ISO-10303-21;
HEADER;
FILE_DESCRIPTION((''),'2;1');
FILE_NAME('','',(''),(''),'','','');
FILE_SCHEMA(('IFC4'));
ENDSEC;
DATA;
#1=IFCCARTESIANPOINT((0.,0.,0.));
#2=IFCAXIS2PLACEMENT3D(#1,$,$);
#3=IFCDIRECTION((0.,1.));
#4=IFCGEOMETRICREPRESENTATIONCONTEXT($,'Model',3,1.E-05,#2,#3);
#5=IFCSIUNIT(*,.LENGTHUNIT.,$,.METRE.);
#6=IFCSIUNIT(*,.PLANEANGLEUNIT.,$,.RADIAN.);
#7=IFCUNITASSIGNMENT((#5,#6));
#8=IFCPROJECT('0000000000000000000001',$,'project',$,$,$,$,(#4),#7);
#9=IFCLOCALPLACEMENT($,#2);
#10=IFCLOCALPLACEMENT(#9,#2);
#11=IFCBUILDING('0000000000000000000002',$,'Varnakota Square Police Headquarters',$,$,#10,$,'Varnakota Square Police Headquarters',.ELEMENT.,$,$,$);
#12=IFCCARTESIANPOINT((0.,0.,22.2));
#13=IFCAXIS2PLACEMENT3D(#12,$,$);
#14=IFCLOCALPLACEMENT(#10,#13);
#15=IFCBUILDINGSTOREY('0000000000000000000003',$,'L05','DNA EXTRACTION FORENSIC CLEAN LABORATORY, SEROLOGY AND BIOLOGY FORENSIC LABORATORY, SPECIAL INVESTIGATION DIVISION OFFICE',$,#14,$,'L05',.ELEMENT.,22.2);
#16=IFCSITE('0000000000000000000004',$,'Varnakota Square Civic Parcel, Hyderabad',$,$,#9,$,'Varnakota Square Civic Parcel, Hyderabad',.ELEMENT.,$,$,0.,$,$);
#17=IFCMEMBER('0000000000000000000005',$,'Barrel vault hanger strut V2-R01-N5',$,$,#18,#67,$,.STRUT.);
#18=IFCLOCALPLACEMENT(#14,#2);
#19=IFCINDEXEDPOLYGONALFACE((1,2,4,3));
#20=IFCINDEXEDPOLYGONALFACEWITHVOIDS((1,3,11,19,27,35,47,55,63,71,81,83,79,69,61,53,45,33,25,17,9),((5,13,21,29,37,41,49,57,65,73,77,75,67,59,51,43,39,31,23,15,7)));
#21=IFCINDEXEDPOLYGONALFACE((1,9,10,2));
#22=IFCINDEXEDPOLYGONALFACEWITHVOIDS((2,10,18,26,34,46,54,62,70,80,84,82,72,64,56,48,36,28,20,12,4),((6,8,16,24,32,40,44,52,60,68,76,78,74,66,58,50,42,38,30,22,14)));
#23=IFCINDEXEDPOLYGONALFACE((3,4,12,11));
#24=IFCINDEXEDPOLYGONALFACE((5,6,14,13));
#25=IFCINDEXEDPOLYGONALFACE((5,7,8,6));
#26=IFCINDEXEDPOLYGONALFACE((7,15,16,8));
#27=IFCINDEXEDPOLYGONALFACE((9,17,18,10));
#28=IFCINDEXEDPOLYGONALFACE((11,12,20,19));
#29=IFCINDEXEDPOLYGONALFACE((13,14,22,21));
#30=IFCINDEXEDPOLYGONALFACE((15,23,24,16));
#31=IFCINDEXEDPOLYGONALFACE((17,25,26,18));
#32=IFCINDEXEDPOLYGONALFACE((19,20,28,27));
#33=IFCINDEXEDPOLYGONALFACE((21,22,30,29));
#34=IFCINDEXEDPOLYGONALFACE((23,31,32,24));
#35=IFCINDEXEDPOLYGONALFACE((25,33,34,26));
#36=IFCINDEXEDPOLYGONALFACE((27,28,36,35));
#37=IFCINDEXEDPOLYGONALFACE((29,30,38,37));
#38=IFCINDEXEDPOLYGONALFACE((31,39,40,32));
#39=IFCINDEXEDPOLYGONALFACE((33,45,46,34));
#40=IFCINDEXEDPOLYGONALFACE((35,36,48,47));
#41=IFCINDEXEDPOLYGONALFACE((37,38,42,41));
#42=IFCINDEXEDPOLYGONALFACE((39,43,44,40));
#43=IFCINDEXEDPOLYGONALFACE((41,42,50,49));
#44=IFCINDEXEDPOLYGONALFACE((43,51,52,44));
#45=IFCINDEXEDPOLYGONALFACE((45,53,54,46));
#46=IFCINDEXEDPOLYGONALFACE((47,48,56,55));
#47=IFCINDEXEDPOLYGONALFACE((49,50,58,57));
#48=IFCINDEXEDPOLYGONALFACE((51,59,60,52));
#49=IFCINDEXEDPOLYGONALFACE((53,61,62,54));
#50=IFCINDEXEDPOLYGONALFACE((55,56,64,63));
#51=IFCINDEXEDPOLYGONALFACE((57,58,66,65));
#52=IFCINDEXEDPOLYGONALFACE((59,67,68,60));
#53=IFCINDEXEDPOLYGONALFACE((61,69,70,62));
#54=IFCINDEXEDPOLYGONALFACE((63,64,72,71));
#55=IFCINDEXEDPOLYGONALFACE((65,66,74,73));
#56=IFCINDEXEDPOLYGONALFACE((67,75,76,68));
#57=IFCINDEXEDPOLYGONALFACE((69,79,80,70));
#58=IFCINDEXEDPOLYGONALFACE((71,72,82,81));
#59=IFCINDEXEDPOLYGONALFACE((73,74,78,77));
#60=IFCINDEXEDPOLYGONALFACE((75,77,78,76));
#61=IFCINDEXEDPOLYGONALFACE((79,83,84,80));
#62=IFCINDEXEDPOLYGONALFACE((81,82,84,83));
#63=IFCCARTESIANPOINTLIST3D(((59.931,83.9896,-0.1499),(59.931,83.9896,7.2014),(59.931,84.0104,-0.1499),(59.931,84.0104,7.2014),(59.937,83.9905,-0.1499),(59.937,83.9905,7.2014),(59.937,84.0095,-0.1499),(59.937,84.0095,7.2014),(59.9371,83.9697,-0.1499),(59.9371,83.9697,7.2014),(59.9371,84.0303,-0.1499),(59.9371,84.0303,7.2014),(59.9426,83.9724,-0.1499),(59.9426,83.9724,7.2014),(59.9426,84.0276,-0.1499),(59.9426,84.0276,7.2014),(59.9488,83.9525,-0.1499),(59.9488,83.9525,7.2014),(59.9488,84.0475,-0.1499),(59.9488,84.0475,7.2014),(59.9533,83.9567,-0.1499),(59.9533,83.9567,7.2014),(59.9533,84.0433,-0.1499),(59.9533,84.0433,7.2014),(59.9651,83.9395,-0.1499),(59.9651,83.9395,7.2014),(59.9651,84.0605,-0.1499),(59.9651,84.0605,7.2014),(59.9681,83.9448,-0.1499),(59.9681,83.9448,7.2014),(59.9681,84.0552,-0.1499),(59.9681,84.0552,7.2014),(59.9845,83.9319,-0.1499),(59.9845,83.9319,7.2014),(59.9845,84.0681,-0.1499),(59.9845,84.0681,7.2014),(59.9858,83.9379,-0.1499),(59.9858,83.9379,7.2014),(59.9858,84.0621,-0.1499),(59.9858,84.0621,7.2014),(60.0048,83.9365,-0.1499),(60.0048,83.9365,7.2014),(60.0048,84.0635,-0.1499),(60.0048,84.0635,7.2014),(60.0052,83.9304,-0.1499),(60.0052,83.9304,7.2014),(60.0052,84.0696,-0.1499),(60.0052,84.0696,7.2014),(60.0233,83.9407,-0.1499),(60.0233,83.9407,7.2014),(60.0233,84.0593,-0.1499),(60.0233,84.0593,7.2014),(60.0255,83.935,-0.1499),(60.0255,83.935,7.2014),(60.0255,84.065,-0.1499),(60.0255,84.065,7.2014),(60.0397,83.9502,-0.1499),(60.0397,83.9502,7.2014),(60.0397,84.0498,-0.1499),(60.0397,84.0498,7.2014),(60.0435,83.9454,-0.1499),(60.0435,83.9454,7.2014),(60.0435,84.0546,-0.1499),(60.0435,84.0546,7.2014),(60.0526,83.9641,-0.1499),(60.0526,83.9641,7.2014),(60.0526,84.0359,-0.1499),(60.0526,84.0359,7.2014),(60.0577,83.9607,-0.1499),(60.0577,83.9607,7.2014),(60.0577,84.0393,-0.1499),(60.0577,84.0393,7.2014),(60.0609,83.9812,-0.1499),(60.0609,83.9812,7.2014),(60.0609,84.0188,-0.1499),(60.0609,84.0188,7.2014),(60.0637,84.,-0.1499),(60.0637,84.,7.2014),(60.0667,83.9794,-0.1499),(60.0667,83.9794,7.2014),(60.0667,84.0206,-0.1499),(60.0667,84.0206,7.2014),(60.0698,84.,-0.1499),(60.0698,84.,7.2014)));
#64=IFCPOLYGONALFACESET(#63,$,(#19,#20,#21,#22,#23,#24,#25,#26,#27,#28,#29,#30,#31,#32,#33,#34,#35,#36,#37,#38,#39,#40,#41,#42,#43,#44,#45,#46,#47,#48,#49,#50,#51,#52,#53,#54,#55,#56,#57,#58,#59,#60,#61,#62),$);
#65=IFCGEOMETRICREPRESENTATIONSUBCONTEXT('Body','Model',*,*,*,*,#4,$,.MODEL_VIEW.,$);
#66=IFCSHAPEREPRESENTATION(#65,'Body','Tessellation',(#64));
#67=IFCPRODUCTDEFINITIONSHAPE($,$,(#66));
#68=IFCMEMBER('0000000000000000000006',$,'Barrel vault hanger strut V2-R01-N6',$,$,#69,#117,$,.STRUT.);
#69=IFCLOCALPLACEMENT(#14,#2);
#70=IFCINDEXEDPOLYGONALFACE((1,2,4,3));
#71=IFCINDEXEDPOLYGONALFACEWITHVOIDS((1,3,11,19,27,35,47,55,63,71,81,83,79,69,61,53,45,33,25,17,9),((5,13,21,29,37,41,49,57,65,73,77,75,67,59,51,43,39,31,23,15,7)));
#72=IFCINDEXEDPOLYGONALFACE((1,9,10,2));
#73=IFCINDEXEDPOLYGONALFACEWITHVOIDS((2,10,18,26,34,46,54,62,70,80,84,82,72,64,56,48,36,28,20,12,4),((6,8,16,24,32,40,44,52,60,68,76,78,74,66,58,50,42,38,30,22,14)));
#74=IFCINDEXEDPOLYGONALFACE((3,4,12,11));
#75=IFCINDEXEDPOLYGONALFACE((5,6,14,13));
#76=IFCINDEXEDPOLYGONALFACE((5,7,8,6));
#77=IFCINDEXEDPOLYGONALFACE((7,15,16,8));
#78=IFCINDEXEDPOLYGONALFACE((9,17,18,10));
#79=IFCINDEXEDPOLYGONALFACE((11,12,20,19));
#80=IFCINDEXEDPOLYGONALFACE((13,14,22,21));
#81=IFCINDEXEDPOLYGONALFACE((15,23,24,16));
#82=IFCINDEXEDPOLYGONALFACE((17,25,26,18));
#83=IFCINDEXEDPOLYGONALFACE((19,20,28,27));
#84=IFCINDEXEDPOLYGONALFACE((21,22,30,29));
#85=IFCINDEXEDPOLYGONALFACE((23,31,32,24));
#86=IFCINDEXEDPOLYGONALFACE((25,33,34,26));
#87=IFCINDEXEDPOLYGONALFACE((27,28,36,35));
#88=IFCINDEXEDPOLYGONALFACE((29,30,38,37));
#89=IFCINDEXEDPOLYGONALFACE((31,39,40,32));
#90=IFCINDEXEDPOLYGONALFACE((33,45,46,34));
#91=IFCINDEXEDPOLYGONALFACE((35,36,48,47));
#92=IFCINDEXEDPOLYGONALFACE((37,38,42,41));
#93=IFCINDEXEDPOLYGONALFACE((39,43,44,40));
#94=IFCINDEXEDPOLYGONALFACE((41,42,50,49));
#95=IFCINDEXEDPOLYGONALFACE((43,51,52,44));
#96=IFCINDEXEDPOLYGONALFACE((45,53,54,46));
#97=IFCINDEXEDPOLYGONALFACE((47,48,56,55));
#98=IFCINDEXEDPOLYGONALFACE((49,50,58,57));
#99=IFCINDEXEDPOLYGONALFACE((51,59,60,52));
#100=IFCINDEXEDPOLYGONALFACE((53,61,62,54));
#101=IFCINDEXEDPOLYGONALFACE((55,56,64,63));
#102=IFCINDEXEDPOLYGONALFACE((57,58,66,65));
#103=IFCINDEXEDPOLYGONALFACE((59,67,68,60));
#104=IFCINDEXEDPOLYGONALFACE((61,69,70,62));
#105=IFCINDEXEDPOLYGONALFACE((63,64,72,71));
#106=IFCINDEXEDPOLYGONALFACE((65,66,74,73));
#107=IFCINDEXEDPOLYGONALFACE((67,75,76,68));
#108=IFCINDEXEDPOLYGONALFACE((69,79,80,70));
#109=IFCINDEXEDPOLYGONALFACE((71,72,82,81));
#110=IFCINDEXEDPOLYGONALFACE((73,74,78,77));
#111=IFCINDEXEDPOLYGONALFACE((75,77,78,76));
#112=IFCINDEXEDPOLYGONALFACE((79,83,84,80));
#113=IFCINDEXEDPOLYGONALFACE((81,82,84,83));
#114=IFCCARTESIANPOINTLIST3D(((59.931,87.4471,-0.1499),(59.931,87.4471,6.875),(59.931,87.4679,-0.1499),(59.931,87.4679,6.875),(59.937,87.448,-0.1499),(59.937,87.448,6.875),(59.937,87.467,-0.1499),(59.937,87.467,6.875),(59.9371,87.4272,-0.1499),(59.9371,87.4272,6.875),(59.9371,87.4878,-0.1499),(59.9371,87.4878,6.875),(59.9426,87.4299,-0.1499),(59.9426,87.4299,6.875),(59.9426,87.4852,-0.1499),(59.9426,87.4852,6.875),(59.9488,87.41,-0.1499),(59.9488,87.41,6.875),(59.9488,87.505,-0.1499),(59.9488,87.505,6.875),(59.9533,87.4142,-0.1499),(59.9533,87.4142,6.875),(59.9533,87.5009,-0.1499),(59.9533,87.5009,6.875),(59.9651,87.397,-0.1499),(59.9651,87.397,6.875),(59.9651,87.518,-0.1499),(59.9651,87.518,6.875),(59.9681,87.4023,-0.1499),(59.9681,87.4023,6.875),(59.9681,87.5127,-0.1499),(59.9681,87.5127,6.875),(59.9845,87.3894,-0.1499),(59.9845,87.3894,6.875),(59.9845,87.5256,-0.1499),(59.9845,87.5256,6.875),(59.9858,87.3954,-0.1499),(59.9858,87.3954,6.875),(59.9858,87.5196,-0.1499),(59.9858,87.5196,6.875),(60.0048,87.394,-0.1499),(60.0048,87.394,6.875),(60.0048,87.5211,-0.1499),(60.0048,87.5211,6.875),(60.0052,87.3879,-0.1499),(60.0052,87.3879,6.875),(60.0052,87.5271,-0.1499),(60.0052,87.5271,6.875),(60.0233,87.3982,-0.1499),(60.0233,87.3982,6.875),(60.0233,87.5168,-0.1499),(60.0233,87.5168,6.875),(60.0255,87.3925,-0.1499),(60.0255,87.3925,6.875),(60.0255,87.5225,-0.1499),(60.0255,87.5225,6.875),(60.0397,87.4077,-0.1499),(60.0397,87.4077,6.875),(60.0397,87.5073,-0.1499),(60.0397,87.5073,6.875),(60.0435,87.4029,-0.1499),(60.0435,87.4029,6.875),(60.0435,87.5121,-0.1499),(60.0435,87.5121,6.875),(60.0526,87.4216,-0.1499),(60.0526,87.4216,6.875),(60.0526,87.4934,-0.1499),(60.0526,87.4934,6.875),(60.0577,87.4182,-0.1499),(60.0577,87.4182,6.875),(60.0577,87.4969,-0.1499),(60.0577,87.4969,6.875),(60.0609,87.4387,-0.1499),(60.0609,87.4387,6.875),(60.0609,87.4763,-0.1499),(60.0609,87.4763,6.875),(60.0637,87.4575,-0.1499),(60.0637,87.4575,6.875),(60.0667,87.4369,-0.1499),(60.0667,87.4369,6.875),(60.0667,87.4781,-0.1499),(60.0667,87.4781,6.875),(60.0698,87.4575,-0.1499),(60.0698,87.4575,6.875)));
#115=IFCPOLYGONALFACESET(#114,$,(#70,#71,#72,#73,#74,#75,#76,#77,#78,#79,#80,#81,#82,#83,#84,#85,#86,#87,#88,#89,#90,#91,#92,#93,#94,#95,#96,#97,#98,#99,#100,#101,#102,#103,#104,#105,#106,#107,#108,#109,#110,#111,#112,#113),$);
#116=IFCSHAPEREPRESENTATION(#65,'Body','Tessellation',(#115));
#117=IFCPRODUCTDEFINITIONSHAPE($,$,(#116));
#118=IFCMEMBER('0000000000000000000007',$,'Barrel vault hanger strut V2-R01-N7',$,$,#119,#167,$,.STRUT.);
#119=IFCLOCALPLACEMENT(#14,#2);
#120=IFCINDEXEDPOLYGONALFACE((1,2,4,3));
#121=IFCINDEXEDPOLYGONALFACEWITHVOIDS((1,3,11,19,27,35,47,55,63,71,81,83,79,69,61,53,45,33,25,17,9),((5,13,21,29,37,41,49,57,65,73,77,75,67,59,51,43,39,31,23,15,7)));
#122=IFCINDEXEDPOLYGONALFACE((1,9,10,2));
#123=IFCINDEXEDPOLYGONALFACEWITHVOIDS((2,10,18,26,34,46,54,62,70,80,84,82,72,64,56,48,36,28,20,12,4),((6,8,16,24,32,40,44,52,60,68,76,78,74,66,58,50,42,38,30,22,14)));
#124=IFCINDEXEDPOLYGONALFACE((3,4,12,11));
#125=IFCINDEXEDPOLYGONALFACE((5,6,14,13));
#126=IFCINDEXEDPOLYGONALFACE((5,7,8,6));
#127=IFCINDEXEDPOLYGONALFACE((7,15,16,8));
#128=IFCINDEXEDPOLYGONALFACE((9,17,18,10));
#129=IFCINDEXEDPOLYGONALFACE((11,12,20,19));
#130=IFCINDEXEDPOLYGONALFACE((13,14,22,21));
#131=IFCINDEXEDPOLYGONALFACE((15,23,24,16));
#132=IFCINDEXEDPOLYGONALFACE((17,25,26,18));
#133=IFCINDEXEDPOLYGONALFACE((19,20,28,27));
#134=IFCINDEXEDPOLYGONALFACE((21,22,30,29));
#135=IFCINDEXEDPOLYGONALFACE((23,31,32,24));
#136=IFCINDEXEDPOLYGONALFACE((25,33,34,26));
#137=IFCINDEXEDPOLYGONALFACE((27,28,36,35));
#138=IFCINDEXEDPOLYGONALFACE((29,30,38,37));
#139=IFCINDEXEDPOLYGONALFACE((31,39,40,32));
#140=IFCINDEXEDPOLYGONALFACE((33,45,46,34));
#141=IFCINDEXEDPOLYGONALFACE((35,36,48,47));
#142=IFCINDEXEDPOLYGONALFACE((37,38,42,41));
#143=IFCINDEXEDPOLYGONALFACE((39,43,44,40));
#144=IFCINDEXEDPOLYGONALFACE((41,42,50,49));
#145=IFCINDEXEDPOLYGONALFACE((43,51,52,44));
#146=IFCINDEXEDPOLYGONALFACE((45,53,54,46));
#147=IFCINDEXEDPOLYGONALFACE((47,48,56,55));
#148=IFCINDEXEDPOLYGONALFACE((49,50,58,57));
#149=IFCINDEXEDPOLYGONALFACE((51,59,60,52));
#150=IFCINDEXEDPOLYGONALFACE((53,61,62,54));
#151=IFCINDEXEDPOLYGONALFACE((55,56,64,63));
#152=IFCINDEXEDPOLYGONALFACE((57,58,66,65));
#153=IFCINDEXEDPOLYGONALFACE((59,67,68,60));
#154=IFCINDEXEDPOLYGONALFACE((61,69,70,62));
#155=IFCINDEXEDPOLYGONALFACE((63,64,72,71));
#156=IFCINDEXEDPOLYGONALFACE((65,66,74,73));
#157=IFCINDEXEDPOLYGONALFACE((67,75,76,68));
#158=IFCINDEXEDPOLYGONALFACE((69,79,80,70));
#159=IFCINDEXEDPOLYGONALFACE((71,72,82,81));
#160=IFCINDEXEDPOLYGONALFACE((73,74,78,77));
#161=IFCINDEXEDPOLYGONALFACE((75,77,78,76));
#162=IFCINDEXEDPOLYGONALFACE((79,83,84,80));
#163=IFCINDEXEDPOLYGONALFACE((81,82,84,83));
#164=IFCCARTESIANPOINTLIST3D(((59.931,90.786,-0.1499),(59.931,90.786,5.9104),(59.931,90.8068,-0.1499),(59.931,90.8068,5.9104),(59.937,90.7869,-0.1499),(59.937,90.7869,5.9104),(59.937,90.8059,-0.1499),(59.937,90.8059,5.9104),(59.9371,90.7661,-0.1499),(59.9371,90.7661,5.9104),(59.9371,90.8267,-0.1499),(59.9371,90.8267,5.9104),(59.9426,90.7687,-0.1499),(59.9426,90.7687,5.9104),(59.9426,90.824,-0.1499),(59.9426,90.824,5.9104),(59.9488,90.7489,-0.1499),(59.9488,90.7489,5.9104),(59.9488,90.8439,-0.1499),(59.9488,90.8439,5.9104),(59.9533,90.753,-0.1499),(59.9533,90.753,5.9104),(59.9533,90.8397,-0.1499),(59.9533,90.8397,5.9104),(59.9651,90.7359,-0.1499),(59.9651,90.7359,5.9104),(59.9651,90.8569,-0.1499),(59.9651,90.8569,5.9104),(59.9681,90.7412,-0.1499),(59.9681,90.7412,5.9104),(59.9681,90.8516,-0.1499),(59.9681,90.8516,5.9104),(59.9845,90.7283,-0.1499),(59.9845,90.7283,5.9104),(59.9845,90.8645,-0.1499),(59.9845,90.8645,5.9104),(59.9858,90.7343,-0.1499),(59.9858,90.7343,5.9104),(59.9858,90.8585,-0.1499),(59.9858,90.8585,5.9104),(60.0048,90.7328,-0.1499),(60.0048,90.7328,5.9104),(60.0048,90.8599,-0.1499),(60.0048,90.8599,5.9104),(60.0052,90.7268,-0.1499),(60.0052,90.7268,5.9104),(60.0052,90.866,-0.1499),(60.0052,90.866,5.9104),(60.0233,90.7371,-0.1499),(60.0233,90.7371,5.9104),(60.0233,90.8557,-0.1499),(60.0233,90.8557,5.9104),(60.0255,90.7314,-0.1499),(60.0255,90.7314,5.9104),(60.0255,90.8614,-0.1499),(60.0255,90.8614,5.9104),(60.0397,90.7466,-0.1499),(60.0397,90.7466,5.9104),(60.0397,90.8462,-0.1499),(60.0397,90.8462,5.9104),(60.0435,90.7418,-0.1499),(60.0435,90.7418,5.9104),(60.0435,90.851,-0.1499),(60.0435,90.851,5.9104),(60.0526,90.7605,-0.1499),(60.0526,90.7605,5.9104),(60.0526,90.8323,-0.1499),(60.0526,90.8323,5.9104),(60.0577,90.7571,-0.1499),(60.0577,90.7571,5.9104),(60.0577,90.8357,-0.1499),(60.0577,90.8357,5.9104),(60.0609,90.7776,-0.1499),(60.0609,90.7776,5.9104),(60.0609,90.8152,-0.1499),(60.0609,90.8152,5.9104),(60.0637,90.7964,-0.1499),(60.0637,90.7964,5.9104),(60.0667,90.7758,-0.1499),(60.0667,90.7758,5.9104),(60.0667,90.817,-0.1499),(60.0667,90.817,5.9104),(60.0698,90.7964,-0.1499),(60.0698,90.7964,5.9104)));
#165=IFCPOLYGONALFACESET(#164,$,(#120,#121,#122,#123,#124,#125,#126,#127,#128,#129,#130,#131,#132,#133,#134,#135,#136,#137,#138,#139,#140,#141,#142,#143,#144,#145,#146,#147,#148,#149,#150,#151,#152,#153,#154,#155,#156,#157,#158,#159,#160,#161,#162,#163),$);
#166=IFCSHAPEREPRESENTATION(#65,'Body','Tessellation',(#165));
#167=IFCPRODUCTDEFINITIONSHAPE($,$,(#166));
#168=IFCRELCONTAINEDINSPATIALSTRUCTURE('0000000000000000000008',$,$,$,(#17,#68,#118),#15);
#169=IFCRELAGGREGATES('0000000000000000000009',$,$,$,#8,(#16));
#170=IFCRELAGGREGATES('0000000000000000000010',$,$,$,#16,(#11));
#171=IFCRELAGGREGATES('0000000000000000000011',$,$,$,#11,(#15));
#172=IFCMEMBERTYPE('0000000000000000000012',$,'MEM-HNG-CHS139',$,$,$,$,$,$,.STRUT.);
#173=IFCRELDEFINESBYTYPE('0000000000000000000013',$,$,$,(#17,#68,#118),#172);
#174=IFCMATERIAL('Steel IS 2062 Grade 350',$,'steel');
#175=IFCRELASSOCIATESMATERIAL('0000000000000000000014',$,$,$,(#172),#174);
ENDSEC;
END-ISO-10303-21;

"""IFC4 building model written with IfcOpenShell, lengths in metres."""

from ifc_helpers import new_model, si_unit, direction, frame, origin, origin_2d, place, context, subcontext, project, spatial, hollow_circle, extrude, material, material_profile, profile_set, type_object, element, save


model = new_model("IFC4")

# Units and contexts
model_context = context("Model", 3, precision=1e-05, world=origin(), true_north=direction((0.0, 1.0)))
body_context = subcontext(model_context, "Body", "Model", "MODEL_VIEW")
ifc_project = project(units=[si_unit("LENGTHUNIT", "METRE"), si_unit("PLANEANGLEUNIT", "RADIAN")], contexts=[model_context])

# Site, building, storey
site_placement = place(None, origin())
site = spatial("IfcSite", under=ifc_project, at=site_placement, Name="Varnakota Square Civic Parcel, Hyderabad", LongName="Varnakota Square Civic Parcel, Hyderabad", CompositionType="ELEMENT", RefElevation=0.0)
building_placement = place(site_placement, origin())
building = spatial("IfcBuilding", under=site, at=building_placement, Name="Varnakota Square Police Headquarters", LongName="Varnakota Square Police Headquarters", CompositionType="ELEMENT")
storey_placement = place(building_placement, frame((0.0, 0.0, 22.2)))
storey = spatial("IfcBuildingStorey", under=building, at=storey_placement, Name="L05", Description="DNA EXTRACTION FORENSIC CLEAN LABORATORY, SEROLOGY AND BIOLOGY FORENSIC LABORATORY, SPECIAL INVESTIGATION DIVISION OFFICE", LongName="L05", CompositionType="ELEMENT", Elevation=22.2)

# Shared definitions
ifc_material_1 = material(Name="Steel IS 2062 Grade 350", Category="steel")

# Members
ifc_material_profile_1 = material_profile(ifc_material_1, hollow_circle(Radius=0.0698, WallThickness=0.0061, at=origin_2d()), Name="CHS 139.7x6.0")
ifc_profile_set_1 = profile_set([ifc_material_profile_1], Name="Steel IS 2062 Grade 350")
member_type = type_object("IfcMemberType", Name="MEM-HNG-CHS139", PredefinedType="STRUT", material=ifc_profile_set_1)
member_1_placement = place(storey_placement, frame((60.0, 84.0, -0.1499), z_axis=(0.0, 0.0, 1.0), x_axis=(1.0, 0.0, 0.0)))
element("IfcMember", 1, at=member_1_placement, inside=storey, type_object=member_type, Name="Barrel vault hanger strut V2-R01-N5", PredefinedType="STRUT", context=body_context, shape_type="SweptSolid", body=[
    extrude(hollow_circle(Radius=0.0698, WallThickness=0.0061, at=origin_2d()), origin(), (0.0, 0.0, 1.0), 7.3513),
])
member_2_placement = place(storey_placement, frame((60.0, 87.4575, -0.1499), z_axis=(0.0, 0.0, 1.0), x_axis=(1.0, 0.0, 0.0)))
element("IfcMember", 2, at=member_2_placement, inside=storey, type_object=member_type, Name="Barrel vault hanger strut V2-R01-N6", PredefinedType="STRUT", context=body_context, shape_type="SweptSolid", body=[
    extrude(hollow_circle(Radius=0.0698, WallThickness=0.0061, at=origin_2d()), origin(), (0.0, 0.0, 1.0), 7.0249),
])
member_3_placement = place(storey_placement, frame((60.0, 90.7964, -0.1499), z_axis=(0.0, 0.0, 1.0), x_axis=(1.0, 0.0, 0.0)))
element("IfcMember", 3, at=member_3_placement, inside=storey, type_object=member_type, Name="Barrel vault hanger strut V2-R01-N7", PredefinedType="STRUT", context=body_context, shape_type="SweptSolid", body=[
    extrude(hollow_circle(Radius=0.0698, WallThickness=0.0061, at=origin_2d()), origin(), (0.0, 0.0, 1.0), 6.0603),
])

save(model, "model.ifc")
